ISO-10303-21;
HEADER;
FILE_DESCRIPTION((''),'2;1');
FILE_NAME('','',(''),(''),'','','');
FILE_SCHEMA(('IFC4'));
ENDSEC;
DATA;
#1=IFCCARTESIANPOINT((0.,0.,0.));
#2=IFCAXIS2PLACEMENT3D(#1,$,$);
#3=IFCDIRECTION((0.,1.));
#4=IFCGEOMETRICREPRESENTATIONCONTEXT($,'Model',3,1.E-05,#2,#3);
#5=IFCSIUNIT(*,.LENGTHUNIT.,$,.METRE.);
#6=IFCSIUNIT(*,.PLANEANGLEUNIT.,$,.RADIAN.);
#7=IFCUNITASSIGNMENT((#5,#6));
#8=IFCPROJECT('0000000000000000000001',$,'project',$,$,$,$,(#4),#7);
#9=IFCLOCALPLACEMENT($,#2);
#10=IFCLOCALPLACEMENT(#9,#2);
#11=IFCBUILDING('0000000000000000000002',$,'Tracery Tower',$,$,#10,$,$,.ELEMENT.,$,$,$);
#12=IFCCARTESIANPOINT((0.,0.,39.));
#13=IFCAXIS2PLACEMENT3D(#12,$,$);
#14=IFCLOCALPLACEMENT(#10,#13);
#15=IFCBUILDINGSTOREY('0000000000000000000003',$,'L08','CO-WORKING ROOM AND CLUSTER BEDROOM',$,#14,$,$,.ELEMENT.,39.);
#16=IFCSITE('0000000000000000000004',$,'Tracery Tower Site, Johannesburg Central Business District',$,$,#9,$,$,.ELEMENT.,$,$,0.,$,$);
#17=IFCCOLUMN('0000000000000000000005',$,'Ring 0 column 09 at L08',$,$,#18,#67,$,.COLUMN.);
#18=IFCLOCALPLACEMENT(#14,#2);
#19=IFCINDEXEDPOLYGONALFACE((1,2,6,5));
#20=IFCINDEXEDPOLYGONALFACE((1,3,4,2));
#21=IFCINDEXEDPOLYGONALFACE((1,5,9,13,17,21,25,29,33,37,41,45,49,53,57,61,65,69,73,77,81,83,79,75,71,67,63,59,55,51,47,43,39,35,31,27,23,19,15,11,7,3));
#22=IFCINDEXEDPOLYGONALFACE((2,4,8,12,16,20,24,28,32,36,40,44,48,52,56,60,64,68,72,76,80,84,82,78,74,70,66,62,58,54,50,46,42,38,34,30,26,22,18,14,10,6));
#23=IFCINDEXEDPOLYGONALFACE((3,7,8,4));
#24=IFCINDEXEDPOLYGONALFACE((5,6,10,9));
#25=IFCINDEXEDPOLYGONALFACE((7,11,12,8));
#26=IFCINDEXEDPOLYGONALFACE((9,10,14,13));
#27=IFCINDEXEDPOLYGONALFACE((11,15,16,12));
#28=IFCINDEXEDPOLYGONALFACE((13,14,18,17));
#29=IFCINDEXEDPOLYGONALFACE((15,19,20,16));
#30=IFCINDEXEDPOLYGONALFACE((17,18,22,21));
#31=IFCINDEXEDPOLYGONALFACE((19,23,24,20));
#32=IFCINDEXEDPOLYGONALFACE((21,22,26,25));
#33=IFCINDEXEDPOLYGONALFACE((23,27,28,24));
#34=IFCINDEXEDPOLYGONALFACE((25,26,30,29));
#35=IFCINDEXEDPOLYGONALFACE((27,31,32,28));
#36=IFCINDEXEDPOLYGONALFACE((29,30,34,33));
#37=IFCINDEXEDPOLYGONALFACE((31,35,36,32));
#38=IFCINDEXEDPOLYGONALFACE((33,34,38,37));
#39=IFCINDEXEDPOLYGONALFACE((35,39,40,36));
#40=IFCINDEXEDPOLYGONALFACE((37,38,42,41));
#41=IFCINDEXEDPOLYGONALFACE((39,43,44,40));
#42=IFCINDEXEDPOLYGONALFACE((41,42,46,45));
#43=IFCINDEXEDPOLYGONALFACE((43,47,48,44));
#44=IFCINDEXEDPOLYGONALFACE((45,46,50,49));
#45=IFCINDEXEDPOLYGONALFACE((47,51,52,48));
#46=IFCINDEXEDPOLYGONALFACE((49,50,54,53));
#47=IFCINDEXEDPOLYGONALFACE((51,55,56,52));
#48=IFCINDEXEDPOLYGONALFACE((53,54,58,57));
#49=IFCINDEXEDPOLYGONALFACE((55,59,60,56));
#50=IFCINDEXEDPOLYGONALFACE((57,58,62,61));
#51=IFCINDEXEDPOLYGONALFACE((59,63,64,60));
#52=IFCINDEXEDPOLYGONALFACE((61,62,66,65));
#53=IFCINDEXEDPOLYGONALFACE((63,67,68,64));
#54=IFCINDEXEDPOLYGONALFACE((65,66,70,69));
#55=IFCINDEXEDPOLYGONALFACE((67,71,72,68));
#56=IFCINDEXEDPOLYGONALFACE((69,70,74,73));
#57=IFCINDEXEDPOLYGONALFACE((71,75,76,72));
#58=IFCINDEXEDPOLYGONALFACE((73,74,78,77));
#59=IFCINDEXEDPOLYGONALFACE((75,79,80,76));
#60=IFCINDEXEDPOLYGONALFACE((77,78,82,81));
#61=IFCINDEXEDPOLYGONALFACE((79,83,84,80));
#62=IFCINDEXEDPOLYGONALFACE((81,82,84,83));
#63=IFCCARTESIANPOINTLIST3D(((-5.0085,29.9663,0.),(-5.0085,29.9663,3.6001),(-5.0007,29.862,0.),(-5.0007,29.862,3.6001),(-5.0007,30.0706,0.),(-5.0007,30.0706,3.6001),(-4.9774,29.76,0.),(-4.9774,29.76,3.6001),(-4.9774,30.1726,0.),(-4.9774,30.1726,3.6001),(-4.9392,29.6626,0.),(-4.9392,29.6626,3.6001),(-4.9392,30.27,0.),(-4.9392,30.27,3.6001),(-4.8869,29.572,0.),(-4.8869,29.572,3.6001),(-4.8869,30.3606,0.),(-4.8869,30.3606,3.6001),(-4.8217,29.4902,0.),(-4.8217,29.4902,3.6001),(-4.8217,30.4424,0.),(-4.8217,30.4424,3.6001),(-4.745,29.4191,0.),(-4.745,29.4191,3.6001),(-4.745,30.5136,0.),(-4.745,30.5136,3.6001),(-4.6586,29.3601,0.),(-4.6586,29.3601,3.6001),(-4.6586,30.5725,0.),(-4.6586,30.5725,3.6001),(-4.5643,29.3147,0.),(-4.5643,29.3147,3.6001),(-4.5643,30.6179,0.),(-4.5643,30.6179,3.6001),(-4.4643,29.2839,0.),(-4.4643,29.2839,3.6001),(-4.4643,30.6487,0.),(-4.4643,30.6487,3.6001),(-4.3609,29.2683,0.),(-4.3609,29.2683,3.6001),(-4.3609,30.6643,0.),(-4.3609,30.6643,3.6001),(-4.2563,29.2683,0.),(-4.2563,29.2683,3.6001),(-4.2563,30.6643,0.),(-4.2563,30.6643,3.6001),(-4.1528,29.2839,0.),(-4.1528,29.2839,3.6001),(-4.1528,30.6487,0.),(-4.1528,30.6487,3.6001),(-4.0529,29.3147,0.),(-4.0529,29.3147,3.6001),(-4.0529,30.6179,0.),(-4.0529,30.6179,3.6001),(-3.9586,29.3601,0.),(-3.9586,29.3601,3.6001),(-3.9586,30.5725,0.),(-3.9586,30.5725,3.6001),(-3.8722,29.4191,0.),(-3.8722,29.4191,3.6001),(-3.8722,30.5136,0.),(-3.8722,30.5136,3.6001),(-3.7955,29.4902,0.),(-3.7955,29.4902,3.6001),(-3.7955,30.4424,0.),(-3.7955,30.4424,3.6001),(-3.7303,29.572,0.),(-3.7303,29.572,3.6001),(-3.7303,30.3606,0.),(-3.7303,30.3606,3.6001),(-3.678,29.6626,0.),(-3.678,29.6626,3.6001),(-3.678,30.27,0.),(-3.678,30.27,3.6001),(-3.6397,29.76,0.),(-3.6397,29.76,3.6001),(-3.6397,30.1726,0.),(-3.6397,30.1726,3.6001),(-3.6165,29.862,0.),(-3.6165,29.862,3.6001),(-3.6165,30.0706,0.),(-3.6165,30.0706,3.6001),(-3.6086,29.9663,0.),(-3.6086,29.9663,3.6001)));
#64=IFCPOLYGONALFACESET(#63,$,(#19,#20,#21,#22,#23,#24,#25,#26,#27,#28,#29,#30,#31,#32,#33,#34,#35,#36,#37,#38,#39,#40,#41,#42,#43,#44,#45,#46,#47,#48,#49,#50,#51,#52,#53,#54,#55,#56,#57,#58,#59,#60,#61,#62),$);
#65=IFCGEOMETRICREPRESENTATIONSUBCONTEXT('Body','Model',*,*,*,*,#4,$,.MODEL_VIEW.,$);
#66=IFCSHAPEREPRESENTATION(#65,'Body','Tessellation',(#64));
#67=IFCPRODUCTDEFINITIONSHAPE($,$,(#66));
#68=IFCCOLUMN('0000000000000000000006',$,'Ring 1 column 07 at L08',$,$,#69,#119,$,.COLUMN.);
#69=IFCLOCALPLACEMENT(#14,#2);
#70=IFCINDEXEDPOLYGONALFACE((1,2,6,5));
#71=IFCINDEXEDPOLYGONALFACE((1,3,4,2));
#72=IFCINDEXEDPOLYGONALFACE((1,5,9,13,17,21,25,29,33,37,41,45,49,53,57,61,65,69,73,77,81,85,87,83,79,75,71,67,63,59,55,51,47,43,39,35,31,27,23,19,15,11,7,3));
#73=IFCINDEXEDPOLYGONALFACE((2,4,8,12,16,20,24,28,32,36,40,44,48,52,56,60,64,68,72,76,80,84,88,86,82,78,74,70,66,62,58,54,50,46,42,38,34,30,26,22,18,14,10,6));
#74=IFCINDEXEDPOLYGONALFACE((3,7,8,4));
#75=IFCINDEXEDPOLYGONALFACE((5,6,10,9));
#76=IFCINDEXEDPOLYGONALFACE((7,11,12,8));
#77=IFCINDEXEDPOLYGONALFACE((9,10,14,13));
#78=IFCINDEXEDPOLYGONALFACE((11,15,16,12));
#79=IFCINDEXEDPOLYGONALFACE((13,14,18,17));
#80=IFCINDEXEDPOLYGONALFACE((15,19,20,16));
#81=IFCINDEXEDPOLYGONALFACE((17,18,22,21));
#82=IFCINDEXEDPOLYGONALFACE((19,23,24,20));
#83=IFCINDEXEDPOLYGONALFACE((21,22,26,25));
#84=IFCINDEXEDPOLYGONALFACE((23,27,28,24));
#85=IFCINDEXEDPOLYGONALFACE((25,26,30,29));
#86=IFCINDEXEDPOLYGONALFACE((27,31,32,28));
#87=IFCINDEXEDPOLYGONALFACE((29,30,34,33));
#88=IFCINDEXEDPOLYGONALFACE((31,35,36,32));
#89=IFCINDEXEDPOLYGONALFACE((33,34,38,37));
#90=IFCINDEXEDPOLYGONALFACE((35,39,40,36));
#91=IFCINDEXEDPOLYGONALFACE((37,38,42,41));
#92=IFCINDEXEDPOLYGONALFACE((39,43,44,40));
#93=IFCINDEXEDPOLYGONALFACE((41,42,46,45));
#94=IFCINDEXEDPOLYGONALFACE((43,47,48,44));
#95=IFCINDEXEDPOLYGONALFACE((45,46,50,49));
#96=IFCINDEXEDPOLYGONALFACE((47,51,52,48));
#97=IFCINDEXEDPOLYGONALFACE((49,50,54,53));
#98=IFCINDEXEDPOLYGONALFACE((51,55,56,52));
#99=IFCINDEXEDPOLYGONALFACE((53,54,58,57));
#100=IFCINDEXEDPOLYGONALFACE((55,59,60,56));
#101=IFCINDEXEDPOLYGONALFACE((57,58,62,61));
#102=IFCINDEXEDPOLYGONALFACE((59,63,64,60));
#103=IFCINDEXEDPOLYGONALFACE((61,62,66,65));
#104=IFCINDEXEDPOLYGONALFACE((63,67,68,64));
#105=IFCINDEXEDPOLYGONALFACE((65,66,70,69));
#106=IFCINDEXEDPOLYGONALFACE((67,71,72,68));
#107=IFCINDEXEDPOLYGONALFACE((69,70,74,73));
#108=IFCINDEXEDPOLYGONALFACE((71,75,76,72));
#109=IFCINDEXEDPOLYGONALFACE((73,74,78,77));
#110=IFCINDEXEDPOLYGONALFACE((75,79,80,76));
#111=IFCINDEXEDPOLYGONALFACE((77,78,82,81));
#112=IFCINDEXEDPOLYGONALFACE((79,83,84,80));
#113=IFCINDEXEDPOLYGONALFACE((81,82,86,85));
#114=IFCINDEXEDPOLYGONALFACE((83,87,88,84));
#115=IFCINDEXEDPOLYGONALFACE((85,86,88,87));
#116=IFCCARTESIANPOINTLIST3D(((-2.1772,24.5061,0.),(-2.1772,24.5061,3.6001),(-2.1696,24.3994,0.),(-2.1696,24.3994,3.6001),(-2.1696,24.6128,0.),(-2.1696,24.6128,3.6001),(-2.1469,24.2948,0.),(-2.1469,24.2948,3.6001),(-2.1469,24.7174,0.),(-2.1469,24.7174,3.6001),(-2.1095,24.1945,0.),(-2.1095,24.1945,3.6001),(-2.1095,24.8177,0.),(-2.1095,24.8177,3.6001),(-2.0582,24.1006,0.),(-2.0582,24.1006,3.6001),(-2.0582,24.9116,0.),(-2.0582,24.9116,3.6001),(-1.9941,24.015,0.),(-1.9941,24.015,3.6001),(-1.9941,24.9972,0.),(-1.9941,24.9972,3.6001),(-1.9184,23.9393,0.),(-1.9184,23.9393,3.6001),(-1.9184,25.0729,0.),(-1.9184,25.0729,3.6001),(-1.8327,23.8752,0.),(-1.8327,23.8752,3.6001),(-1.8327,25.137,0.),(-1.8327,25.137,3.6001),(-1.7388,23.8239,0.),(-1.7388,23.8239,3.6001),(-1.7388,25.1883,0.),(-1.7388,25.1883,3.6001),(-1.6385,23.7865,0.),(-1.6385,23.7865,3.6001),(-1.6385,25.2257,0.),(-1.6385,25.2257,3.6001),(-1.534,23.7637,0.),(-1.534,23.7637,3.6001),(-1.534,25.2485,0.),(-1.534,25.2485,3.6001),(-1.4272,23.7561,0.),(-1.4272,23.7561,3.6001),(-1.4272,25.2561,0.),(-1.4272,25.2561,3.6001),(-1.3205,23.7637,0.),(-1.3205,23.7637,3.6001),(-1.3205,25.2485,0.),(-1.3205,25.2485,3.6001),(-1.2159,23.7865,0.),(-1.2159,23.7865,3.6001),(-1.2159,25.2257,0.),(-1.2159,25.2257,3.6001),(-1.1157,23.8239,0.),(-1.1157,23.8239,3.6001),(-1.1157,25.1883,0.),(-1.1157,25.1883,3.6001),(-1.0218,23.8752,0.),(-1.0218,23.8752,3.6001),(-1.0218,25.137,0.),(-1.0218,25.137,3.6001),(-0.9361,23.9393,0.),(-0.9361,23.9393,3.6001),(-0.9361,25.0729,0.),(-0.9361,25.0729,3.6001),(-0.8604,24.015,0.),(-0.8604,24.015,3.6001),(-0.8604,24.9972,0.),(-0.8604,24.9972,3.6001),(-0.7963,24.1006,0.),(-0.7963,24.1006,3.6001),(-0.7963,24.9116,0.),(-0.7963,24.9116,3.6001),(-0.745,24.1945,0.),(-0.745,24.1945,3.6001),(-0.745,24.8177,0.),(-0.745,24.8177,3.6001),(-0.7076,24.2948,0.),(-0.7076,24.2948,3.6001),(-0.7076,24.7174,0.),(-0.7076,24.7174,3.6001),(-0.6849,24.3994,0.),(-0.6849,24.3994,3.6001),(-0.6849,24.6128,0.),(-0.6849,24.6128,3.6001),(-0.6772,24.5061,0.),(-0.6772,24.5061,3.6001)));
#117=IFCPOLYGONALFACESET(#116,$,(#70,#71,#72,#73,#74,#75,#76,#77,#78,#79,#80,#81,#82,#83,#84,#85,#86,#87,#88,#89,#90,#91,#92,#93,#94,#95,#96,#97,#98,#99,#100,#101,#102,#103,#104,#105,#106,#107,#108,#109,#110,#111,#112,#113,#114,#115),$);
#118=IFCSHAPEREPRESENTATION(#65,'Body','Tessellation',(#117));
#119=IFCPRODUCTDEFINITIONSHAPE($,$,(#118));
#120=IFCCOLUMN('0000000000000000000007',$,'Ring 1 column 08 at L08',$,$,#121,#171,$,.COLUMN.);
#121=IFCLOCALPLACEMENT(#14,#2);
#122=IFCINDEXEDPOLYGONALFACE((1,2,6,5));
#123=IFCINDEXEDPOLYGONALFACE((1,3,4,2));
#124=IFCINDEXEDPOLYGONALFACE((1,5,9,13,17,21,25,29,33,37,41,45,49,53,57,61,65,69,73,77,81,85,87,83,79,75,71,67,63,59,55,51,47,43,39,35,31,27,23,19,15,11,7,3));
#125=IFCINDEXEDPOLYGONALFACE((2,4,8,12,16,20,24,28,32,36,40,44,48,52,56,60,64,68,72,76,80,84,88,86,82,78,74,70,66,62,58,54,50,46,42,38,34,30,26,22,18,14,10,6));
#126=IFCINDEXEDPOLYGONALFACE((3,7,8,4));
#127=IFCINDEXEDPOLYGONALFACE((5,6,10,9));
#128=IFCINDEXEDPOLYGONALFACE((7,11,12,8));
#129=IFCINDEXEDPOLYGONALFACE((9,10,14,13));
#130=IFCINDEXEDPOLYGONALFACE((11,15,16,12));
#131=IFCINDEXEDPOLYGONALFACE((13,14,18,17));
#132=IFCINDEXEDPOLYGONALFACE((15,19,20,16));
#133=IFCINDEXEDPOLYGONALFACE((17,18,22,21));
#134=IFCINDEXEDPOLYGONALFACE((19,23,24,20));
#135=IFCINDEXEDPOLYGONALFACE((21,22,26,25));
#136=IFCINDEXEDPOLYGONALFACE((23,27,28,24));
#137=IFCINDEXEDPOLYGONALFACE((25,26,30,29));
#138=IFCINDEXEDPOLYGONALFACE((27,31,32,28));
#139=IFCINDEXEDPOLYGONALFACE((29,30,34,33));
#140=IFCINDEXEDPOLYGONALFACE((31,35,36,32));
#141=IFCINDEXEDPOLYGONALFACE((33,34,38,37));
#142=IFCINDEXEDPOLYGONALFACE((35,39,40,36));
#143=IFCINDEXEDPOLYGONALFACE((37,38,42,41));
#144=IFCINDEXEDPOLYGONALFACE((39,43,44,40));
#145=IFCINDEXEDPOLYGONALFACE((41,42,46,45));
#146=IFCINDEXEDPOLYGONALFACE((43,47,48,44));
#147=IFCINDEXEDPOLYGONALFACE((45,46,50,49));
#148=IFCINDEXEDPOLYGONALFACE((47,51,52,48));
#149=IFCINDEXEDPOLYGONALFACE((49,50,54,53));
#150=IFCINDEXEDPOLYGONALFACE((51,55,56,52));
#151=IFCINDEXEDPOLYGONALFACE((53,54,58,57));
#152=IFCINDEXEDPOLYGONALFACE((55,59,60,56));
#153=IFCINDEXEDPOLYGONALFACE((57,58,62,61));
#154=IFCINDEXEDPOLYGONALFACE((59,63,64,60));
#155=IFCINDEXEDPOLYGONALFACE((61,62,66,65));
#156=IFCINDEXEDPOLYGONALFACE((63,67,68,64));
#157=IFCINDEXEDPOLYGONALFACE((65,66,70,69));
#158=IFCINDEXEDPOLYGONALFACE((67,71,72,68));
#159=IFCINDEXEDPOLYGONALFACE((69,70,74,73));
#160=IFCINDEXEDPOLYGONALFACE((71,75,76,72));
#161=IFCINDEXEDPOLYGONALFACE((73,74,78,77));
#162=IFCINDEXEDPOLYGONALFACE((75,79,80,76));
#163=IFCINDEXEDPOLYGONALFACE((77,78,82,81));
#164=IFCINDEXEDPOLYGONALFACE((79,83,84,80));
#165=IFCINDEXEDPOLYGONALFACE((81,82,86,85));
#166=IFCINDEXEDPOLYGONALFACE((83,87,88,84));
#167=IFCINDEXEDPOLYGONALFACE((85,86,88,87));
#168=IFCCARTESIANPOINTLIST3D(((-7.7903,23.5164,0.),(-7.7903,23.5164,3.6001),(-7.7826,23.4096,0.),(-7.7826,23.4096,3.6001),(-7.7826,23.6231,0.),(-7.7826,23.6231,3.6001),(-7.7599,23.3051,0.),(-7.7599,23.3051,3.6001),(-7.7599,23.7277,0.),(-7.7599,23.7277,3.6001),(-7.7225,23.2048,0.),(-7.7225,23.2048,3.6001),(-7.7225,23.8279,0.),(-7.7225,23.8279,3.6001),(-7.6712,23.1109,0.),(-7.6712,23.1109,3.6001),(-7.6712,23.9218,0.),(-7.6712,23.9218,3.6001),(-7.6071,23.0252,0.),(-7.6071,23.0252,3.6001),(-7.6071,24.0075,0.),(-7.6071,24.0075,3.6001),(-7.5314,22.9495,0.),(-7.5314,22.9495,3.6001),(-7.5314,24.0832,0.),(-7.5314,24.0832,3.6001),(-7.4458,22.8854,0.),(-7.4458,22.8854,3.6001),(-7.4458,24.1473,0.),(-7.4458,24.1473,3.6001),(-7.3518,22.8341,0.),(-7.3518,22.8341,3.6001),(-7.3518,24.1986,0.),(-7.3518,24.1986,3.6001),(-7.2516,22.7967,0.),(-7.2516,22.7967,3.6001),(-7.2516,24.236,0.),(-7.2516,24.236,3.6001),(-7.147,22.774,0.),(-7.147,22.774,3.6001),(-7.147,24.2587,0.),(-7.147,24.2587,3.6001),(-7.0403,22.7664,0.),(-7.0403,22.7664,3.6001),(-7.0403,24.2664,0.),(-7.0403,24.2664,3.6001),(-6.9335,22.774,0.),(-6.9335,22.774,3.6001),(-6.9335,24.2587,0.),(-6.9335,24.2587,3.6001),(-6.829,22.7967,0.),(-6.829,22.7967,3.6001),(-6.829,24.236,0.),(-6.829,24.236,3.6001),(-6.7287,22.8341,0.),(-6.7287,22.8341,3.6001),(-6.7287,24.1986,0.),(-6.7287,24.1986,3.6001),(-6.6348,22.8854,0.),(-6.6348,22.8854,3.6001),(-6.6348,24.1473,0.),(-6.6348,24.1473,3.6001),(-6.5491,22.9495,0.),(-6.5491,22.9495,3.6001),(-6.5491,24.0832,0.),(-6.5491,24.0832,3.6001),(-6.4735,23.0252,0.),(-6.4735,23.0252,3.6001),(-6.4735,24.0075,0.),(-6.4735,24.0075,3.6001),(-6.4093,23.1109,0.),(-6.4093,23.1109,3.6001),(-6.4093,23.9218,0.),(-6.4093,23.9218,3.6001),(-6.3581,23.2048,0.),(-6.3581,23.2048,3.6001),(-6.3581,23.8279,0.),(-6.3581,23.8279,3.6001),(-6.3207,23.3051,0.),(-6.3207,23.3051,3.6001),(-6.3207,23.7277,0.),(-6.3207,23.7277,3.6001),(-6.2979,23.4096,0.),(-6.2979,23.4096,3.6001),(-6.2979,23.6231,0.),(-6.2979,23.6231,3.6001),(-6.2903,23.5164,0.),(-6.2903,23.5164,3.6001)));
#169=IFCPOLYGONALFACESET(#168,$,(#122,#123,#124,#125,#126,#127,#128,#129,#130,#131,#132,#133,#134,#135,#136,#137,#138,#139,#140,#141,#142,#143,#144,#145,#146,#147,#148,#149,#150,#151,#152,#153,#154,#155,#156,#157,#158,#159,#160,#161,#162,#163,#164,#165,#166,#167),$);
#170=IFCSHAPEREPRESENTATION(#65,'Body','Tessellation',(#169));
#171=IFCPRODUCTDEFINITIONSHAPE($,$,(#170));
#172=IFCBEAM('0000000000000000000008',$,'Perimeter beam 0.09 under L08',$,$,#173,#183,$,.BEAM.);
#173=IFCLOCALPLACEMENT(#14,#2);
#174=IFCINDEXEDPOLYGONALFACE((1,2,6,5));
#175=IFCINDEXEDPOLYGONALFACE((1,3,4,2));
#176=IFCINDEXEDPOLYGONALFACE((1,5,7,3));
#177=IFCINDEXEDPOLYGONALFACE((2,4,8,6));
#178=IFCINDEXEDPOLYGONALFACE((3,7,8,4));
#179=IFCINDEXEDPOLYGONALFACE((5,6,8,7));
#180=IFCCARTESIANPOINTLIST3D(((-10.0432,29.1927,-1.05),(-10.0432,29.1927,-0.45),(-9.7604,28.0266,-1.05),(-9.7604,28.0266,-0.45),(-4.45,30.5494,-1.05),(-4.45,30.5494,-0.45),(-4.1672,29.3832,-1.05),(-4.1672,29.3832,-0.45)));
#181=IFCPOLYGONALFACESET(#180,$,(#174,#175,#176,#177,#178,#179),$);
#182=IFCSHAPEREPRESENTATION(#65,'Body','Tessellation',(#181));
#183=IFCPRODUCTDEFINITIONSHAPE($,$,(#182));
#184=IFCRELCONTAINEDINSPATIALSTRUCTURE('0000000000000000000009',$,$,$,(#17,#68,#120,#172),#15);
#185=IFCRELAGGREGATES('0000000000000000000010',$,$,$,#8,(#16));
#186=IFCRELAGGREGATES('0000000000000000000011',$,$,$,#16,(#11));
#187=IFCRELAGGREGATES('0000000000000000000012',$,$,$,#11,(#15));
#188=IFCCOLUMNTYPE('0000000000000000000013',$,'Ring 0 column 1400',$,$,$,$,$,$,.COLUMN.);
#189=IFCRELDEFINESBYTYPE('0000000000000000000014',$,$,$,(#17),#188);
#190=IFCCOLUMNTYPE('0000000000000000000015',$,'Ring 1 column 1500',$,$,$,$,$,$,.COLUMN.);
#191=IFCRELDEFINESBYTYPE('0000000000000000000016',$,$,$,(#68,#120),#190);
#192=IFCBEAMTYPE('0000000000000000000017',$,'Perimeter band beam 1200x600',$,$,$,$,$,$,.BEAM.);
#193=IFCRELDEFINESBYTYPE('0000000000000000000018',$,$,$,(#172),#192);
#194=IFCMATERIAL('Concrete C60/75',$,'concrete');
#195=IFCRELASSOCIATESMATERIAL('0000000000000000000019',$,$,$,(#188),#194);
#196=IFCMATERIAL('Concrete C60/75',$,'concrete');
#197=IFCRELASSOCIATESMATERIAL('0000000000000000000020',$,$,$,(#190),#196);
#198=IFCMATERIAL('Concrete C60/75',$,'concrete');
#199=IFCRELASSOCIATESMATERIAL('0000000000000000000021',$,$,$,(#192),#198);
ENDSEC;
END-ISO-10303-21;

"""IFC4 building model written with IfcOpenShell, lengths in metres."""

from ifc_helpers import new_model, si_unit, direction, frame, origin, origin_2d, place, context, subcontext, project, spatial, rectangle, circle, extrude, material, material_profile, profile_set, type_object, element, save


model = new_model("IFC4")

# Units and contexts
model_context = context("Model", 3, precision=1e-05, world=origin(), true_north=direction((0.0, 1.0)))
body_context = subcontext(model_context, "Body", "Model", "MODEL_VIEW")
ifc_project = project(units=[si_unit("LENGTHUNIT", "METRE"), si_unit("PLANEANGLEUNIT", "RADIAN")], contexts=[model_context])

# Site, building, storey
site_placement = place(None, origin())
site = spatial("IfcSite", under=ifc_project, at=site_placement, Name="Tracery Tower Site, Johannesburg Central Business District", CompositionType="ELEMENT", RefElevation=0.0)
building_placement = place(site_placement, origin())
building = spatial("IfcBuilding", under=site, at=building_placement, Name="Tracery Tower", CompositionType="ELEMENT")
storey_placement = place(building_placement, frame((0.0, 0.0, 39.0)))
storey = spatial("IfcBuildingStorey", under=building, at=storey_placement, Name="L08", Description="CO-WORKING ROOM AND CLUSTER BEDROOM", CompositionType="ELEMENT", Elevation=39.0)

# Columns
ifc_material_1 = material(Name="Concrete C60/75", Category="concrete")
ifc_material_profile_1 = material_profile(ifc_material_1, circle(Radius=0.7, at=origin_2d()), Name="RC D1400")
ifc_profile_set_1 = profile_set([ifc_material_profile_1], Name="Concrete C60/75")
column_type_1 = type_object("IfcColumnType", Name="Ring 0 column 1400", PredefinedType="COLUMN", material=ifc_profile_set_1)
column_placement = place(storey_placement, frame((-4.3086, 29.9663, 0.0), z_axis=(0.0, 0.0, 1.0), x_axis=(1.0, 0.0, 0.0)))
element("IfcColumn", 1, at=column_placement, inside=storey, type_object=column_type_1, Name="Ring 0 column 09 at L08", PredefinedType="COLUMN", context=body_context, shape_type="SweptSolid", body=[
    extrude(circle(Radius=0.7, at=origin_2d()), origin(), (0.0, 0.0, 1.0), 3.6001),
])
ifc_material_2 = material(Name="Concrete C60/75", Category="concrete")
ifc_material_profile_2 = material_profile(ifc_material_2, circle(Radius=0.75, at=origin_2d()), Name="RC D1500")
ifc_profile_set_2 = profile_set([ifc_material_profile_2], Name="Concrete C60/75")
column_type_2 = type_object("IfcColumnType", Name="Ring 1 column 1500", PredefinedType="COLUMN", material=ifc_profile_set_2)
for number, where, z_axis, x_axis, name in (
    (2, (-1.4272, 24.5061, 0.0), (0.0, 0.0, 1.0), (1.0, 0.0, 0.0), "Ring 1 column 07 at L08"),
    (3, (-7.0403, 23.5164, 0.0), (0.0, 0.0, 1.0), (1.0, 0.0, 0.0), "Ring 1 column 08 at L08"),
):
    element("IfcColumn", number, at=place(storey_placement, frame(where, z_axis=z_axis, x_axis=x_axis)), inside=storey, type_object=column_type_2, Name=name, PredefinedType="COLUMN", context=body_context, shape_type="SweptSolid", body=[
        extrude(circle(Radius=0.75, at=origin_2d()), origin(), (0.0, 0.0, 1.0), 3.6001),
    ])

# Beam
ifc_material_3 = material(Name="Concrete C60/75", Category="concrete")
ifc_material_profile_3 = material_profile(ifc_material_3, rectangle(XDim=1.2, YDim=0.6001, at=origin_2d()), Name="RC 1200x600")
ifc_profile_set_3 = profile_set([ifc_material_profile_3], Name="Concrete C60/75")
beam_type = type_object("IfcBeamType", Name="Perimeter band beam 1200x600", PredefinedType="BEAM", material=ifc_profile_set_3)
beam_placement = place(storey_placement, frame((-4.3086, 29.9663, -0.75), z_axis=(-0.97182, -0.235723, 0.0), x_axis=(0.235723, -0.97182, 0.0)))
element("IfcBeam", 4, at=beam_placement, inside=storey, type_object=beam_type, Name="Perimeter beam 0.09 under L08", PredefinedType="BEAM", context=body_context, shape_type="SweptSolid", body=[
    extrude(rectangle(XDim=1.2, YDim=0.6001, at=origin_2d()), origin(), (0.0, 0.0, 1.0), 5.7554),
])

save(model, "model.ifc")
